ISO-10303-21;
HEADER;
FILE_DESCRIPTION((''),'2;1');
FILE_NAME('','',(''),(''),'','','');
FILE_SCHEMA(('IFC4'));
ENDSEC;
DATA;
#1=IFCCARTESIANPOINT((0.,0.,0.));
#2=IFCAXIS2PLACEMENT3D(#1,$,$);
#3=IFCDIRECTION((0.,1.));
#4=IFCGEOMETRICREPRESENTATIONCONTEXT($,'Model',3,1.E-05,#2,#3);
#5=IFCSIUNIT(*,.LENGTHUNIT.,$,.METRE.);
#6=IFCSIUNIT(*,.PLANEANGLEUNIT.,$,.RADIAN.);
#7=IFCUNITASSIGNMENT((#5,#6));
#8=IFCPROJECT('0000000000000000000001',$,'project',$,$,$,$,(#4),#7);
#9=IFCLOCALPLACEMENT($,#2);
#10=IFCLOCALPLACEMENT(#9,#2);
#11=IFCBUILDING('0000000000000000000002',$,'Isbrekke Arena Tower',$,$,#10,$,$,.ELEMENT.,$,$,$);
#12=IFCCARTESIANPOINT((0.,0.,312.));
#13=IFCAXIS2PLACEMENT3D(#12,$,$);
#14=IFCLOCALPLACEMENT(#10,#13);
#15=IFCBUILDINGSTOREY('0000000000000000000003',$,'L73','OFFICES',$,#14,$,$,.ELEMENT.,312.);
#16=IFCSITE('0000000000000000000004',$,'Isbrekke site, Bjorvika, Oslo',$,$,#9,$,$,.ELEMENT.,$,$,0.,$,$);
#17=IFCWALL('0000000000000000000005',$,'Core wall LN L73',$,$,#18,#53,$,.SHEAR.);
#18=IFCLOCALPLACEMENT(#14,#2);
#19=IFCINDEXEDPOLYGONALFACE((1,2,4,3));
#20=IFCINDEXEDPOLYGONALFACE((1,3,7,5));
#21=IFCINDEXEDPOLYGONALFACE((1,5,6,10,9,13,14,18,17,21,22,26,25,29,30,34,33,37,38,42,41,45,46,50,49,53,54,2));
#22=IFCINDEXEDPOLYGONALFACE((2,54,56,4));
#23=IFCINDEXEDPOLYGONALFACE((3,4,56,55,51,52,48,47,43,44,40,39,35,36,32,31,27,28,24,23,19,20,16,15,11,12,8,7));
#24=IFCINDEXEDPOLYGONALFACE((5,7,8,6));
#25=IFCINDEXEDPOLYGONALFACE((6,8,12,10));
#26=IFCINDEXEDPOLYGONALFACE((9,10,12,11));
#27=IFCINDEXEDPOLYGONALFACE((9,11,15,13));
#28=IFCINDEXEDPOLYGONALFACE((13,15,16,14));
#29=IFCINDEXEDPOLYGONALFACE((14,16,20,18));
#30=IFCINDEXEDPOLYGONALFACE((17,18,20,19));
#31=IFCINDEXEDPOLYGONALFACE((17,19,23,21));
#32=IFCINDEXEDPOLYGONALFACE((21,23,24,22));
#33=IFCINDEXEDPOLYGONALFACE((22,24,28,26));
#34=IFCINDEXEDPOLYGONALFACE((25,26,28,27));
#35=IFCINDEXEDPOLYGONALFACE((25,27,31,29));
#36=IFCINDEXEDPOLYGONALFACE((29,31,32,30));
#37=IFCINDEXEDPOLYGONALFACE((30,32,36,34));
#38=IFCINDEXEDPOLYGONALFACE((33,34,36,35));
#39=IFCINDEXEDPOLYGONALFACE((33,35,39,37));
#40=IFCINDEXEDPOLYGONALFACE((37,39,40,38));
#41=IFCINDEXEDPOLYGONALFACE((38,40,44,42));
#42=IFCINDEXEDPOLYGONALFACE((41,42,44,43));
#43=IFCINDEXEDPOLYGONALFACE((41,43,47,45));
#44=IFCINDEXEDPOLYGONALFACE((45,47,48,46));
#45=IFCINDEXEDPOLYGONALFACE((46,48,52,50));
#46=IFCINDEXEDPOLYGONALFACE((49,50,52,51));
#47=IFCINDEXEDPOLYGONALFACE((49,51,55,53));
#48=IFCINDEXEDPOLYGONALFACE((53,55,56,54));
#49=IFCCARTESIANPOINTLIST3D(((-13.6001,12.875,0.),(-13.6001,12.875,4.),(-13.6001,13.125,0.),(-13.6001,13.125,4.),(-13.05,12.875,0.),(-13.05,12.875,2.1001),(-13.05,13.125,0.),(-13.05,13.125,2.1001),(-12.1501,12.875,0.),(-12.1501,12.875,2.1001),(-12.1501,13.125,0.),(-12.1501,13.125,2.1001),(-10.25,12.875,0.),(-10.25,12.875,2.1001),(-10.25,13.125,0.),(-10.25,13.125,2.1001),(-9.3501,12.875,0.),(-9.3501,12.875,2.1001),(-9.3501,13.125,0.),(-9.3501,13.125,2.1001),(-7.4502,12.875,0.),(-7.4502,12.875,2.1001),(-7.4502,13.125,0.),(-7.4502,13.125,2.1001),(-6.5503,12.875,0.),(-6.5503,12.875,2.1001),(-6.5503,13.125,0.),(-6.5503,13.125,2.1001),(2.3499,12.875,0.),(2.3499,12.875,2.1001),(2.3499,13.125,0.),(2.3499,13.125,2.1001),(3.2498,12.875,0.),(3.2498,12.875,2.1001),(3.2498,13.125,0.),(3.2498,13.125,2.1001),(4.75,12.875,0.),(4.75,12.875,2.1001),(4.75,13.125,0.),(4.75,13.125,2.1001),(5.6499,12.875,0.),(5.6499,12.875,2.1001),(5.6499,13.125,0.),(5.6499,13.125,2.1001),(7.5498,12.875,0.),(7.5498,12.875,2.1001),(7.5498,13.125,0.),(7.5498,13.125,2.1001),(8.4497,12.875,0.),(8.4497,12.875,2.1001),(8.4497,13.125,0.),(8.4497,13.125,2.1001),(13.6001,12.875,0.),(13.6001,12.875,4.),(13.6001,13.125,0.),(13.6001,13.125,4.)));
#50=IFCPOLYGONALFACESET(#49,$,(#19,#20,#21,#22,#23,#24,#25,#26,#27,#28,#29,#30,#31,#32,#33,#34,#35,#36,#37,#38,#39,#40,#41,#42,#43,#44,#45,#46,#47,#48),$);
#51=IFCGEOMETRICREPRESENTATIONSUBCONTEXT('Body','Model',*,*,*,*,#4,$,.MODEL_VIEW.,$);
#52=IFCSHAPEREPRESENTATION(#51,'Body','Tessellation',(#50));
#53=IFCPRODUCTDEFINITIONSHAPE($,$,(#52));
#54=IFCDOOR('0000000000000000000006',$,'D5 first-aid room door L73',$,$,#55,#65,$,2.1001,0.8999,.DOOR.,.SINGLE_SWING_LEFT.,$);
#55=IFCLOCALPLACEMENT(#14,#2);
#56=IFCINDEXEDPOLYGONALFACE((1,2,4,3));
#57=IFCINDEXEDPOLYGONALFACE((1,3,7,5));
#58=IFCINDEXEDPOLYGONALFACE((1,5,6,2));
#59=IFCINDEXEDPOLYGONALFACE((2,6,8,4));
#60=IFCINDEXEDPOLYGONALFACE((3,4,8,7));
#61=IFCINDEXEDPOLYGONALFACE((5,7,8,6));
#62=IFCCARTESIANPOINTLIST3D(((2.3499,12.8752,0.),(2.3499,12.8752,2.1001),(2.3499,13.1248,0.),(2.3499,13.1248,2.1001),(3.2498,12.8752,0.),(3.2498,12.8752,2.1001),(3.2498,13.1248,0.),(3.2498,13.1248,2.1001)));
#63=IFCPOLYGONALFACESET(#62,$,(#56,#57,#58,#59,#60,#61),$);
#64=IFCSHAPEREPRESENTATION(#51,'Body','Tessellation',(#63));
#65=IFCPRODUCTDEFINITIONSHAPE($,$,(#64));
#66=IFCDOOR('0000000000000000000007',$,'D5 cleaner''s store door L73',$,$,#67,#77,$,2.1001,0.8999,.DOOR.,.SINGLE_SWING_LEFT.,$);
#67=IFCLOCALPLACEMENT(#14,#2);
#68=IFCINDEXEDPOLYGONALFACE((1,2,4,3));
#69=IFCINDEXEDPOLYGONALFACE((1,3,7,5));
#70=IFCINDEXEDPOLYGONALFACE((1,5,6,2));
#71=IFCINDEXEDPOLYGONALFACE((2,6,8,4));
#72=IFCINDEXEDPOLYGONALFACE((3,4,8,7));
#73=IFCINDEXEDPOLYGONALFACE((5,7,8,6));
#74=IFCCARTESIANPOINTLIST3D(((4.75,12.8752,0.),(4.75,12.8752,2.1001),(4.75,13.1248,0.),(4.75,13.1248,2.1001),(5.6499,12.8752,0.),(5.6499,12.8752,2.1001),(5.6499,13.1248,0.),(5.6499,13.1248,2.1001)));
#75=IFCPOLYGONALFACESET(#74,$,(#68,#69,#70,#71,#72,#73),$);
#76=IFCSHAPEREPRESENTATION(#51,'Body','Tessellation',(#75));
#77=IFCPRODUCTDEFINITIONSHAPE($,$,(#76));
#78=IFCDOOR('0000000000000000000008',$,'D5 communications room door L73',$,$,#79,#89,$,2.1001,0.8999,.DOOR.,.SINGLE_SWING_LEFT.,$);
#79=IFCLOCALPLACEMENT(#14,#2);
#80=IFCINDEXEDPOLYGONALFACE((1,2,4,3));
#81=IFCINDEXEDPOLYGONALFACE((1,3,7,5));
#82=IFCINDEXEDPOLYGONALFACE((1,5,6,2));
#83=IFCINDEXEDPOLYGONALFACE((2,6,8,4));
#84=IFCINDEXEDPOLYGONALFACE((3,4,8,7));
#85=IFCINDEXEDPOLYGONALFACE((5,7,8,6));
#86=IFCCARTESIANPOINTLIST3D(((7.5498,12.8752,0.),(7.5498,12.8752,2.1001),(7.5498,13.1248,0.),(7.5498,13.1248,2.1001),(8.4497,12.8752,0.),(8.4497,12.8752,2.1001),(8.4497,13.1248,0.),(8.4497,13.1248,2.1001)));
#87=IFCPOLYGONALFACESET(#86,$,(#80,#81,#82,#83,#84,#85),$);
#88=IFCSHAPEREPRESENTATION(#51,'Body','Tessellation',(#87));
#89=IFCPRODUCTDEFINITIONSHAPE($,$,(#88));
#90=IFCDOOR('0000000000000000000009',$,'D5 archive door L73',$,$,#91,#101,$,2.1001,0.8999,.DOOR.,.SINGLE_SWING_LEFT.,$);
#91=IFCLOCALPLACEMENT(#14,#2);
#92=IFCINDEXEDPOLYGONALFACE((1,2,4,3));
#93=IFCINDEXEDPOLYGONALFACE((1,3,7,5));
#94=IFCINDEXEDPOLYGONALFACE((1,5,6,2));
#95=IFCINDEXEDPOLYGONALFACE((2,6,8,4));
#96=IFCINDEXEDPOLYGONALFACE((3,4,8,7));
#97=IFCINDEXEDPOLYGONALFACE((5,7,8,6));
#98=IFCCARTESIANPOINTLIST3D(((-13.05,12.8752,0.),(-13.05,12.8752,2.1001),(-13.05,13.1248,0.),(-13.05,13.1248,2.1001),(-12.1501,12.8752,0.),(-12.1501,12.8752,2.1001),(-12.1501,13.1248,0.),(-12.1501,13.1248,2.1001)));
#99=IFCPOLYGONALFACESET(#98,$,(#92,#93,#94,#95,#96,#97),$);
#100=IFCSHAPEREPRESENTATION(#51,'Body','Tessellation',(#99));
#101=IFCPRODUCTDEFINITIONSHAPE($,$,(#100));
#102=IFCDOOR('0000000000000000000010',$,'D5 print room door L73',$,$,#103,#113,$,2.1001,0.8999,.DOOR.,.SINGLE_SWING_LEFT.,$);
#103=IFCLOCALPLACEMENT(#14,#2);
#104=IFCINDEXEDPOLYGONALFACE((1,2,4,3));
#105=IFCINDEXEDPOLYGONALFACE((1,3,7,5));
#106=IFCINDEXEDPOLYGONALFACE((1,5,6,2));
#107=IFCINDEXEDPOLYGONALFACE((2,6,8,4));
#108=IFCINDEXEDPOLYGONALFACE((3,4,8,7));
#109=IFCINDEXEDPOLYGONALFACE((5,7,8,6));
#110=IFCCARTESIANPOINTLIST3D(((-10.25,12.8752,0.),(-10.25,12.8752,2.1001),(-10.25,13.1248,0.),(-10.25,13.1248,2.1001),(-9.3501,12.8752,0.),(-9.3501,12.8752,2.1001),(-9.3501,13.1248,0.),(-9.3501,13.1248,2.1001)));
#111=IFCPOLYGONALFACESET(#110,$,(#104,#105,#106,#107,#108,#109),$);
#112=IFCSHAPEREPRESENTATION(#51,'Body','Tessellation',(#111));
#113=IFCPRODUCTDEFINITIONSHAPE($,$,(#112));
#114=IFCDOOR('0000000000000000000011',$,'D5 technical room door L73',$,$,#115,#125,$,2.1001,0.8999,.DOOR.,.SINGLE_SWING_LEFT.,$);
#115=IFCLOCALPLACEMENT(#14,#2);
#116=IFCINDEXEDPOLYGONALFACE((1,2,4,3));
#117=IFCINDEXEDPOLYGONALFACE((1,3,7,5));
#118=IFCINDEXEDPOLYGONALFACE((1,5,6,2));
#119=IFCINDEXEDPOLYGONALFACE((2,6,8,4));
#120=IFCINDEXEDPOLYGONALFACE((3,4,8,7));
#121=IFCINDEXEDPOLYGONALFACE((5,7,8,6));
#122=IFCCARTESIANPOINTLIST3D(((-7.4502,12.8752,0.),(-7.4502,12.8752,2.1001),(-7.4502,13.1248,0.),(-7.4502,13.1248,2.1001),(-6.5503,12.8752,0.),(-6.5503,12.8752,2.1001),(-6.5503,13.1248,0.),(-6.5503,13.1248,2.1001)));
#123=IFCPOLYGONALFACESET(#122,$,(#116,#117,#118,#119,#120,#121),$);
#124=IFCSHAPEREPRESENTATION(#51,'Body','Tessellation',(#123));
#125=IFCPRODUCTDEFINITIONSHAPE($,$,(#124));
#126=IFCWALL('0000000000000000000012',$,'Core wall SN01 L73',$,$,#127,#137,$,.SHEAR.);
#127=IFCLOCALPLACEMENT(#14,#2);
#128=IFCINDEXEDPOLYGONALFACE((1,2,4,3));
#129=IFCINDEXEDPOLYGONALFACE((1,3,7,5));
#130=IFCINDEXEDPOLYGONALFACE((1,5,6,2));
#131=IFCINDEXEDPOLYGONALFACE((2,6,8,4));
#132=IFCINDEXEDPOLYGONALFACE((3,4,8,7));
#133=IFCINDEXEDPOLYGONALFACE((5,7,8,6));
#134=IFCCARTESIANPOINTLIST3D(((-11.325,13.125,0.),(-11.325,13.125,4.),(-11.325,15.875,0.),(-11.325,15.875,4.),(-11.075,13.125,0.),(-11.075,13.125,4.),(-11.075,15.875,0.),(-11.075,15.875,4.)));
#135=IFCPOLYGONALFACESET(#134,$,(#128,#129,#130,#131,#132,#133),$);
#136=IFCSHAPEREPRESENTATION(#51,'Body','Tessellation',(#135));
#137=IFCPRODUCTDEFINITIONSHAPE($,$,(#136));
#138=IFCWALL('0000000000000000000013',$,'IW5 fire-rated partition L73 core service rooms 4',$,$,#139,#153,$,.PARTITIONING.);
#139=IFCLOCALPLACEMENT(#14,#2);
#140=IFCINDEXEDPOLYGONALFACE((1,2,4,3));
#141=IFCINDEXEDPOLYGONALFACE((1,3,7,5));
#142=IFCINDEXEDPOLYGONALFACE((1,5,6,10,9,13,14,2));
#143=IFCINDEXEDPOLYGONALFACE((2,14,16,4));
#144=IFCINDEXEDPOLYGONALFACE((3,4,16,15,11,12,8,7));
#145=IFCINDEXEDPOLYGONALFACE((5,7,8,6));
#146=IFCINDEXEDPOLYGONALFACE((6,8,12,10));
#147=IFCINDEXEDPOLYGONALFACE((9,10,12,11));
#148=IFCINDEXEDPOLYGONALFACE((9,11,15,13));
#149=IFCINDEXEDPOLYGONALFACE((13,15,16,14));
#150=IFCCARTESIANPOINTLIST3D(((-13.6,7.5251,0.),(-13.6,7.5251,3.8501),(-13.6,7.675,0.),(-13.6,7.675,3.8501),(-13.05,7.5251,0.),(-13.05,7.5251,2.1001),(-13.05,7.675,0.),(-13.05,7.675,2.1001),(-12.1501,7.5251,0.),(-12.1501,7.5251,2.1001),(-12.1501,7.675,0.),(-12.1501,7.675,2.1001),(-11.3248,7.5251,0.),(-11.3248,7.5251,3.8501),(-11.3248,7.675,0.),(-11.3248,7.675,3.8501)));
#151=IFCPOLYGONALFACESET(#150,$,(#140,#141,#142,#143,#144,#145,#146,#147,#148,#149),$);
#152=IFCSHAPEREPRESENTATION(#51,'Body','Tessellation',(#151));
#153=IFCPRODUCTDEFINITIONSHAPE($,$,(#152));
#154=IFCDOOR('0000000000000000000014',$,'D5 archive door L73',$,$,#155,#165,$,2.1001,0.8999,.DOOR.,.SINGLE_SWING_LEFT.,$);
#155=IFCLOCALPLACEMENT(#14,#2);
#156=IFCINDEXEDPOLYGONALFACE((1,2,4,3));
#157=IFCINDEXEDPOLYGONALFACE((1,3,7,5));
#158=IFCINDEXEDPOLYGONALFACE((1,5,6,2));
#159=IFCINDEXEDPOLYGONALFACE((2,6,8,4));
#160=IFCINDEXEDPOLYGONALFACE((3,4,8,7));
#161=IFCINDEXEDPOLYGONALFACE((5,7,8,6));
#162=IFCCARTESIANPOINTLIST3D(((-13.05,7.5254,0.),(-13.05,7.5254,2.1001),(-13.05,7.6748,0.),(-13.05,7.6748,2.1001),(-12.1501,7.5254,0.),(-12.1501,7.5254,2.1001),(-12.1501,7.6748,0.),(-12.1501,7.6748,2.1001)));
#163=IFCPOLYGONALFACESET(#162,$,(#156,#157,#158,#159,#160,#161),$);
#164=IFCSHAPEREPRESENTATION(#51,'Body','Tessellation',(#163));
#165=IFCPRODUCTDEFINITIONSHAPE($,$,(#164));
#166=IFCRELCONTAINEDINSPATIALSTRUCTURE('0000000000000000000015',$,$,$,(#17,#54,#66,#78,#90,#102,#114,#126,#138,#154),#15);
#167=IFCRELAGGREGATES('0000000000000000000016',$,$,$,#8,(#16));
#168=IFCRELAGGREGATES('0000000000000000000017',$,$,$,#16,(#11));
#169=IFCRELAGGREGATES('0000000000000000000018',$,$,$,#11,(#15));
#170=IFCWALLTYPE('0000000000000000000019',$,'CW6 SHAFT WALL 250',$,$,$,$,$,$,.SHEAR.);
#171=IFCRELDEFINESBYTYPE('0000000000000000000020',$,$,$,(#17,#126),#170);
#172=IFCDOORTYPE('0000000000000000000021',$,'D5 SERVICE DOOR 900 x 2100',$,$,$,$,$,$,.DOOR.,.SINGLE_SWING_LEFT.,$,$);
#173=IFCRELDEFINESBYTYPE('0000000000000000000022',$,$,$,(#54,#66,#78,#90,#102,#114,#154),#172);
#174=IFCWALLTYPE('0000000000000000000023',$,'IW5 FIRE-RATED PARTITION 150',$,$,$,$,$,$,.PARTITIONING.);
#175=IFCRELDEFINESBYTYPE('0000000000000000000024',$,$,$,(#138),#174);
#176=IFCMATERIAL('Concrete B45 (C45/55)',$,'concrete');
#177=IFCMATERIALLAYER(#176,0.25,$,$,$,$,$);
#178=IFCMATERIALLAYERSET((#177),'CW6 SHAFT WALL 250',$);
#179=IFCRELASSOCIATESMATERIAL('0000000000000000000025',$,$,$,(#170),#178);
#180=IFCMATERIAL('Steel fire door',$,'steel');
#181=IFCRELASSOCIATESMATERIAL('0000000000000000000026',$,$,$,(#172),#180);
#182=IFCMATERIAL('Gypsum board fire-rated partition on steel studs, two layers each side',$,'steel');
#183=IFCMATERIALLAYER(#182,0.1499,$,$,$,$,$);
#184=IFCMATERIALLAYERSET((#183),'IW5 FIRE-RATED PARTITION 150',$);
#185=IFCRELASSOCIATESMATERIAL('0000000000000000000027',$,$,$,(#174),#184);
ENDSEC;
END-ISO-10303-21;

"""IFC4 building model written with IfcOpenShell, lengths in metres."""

from ifc_helpers import new_model, si_unit, direction, frame, frame_2d, origin, place, context, subcontext, project, spatial, rectangle, extrude, material, layer, layer_set, type_object, element, fill, save


model = new_model("IFC4")

# Units and contexts
model_context = context("Model", 3, precision=1e-05, world=origin(), true_north=direction((0.0, 1.0)))
body_context = subcontext(model_context, "Body", "Model", "MODEL_VIEW")
ifc_project = project(units=[si_unit("LENGTHUNIT", "METRE"), si_unit("PLANEANGLEUNIT", "RADIAN")], contexts=[model_context])

# Site, building, storey
site_placement = place(None, origin())
site = spatial("IfcSite", under=ifc_project, at=site_placement, Name="Isbrekke site, Bjorvika, Oslo", CompositionType="ELEMENT", RefElevation=0.0)
building_placement = place(site_placement, origin())
building = spatial("IfcBuilding", under=site, at=building_placement, Name="Isbrekke Arena Tower", CompositionType="ELEMENT")
storey_placement = place(building_placement, frame((0.0, 0.0, 312.0)))
storey = spatial("IfcBuildingStorey", under=building, at=storey_placement, Name="L73", Description="OFFICES", CompositionType="ELEMENT", Elevation=312.0)

# Wall, openings, doors
ifc_material_1 = material(Name="Concrete B45 (C45/55)", Category="concrete")
ifc_layer_1 = layer(ifc_material_1, 0.25)
ifc_layer_set_1 = layer_set([ifc_layer_1], Name="CW6 SHAFT WALL 250")
wall_type_1 = type_object("IfcWallType", Name="CW6 SHAFT WALL 250", PredefinedType="SHEAR", material=ifc_layer_set_1)
ifc_material_2 = material(Name="Steel fire door", Category="steel")
door_type_1 = type_object("IfcDoorType", Name="D5 SERVICE DOOR 900 x 2100", OperationType="SINGLE_SWING_LEFT", PredefinedType="DOOR", material=ifc_material_2)
wall_1_placement = place(storey_placement, frame((-13.6001, 13.0, 0.0), z_axis=(0.0, 0.0, 1.0), x_axis=(1.0, 0.0, 0.0)))
wall_1 = element("IfcWall", 1, at=wall_1_placement, inside=storey, type_object=wall_type_1, Name="Core wall LN L73", PredefinedType="SHEAR", context=body_context, shape_type="SweptSolid", body=[
    extrude(rectangle(XDim=27.2002, YDim=0.25, at=frame_2d((13.6001, 0.0))), origin(), (0.0, 0.0, 1.0), 4.0),
])
opening_1_placement = place(wall_1_placement, frame((15.95, 0.0, 0.0)))
opening_1 = element("IfcOpeningElement", 2, at=opening_1_placement, cuts=wall_1, PredefinedType="OPENING", context=body_context, shape_type="SweptSolid", body=[
    extrude(rectangle(XDim=0.8999, YDim=2.1001, at=frame_2d((0.45, 1.05))), frame((0.0, 0.1399, 0.0), z_axis=(0.0, -1.0, 0.0), x_axis=(1.0, 0.0, 0.0)), (0.0, 0.0, 1.0), 0.2798),
])
opening_2_placement = place(wall_1_placement, frame((18.3501, 0.0, 0.0)))
opening_2 = element("IfcOpeningElement", 3, at=opening_2_placement, cuts=wall_1, PredefinedType="OPENING", context=body_context, shape_type="SweptSolid", body=[
    extrude(rectangle(XDim=0.8999, YDim=2.1001, at=frame_2d((0.45, 1.05))), frame((0.0, 0.1399, 0.0), z_axis=(0.0, -1.0, 0.0), x_axis=(1.0, 0.0, 0.0)), (0.0, 0.0, 1.0), 0.2798),
])
opening_3_placement = place(wall_1_placement, frame((21.1499, 0.0, 0.0)))
opening_3 = element("IfcOpeningElement", 4, at=opening_3_placement, cuts=wall_1, PredefinedType="OPENING", context=body_context, shape_type="SweptSolid", body=[
    extrude(rectangle(XDim=0.8999, YDim=2.1001, at=frame_2d((0.45, 1.05))), frame((0.0, 0.1399, 0.0), z_axis=(0.0, -1.0, 0.0), x_axis=(1.0, 0.0, 0.0)), (0.0, 0.0, 1.0), 0.2798),
])
opening_4_placement = place(wall_1_placement, frame((0.55, 0.0, 0.0)))
opening_4 = element("IfcOpeningElement", 5, at=opening_4_placement, cuts=wall_1, PredefinedType="OPENING", context=body_context, shape_type="SweptSolid", body=[
    extrude(rectangle(XDim=0.8999, YDim=2.1001, at=frame_2d((0.45, 1.05))), frame((0.0, 0.1399, 0.0), z_axis=(0.0, -1.0, 0.0), x_axis=(1.0, 0.0, 0.0)), (0.0, 0.0, 1.0), 0.2798),
])
opening_5_placement = place(wall_1_placement, frame((3.3501, 0.0, 0.0)))
opening_5 = element("IfcOpeningElement", 6, at=opening_5_placement, cuts=wall_1, PredefinedType="OPENING", context=body_context, shape_type="SweptSolid", body=[
    extrude(rectangle(XDim=0.8999, YDim=2.1001, at=frame_2d((0.45, 1.05))), frame((0.0, 0.1399, 0.0), z_axis=(0.0, -1.0, 0.0), x_axis=(1.0, 0.0, 0.0)), (0.0, 0.0, 1.0), 0.2798),
])
opening_6_placement = place(wall_1_placement, frame((6.1499, 0.0, 0.0)))
opening_6 = element("IfcOpeningElement", 7, at=opening_6_placement, cuts=wall_1, PredefinedType="OPENING", context=body_context, shape_type="SweptSolid", body=[
    extrude(rectangle(XDim=0.8999, YDim=2.1001, at=frame_2d((0.45, 1.05))), frame((0.0, 0.1399, 0.0), z_axis=(0.0, -1.0, 0.0), x_axis=(1.0, 0.0, 0.0)), (0.0, 0.0, 1.0), 0.2798),
])
door_1_placement = place(opening_1_placement, origin())
door_1 = element("IfcDoor", 8, at=door_1_placement, inside=storey, type_object=door_type_1, Name="D5 first-aid room door L73", OperationType="SINGLE_SWING_LEFT", OverallHeight=2.1001, OverallWidth=0.8999, PredefinedType="DOOR", context=body_context, shape_type="SweptSolid", body=[
    extrude(rectangle(XDim=0.8999, YDim=2.1001, at=frame_2d((0.45, 1.05))), frame((0.0, 0.1248, 0.0), z_axis=(0.0, -1.0, 0.0), x_axis=(1.0, 0.0, 0.0)), (0.0, 0.0, 1.0), 0.2495),
])
fill(opening_1, door_1)
door_2_placement = place(opening_2_placement, origin())
door_2 = element("IfcDoor", 9, at=door_2_placement, inside=storey, type_object=door_type_1, Name="D5 cleaner's store door L73", OperationType="SINGLE_SWING_LEFT", OverallHeight=2.1001, OverallWidth=0.8999, PredefinedType="DOOR", context=body_context, shape_type="SweptSolid", body=[
    extrude(rectangle(XDim=0.8999, YDim=2.1001, at=frame_2d((0.45, 1.05))), frame((0.0, 0.1248, 0.0), z_axis=(0.0, -1.0, 0.0), x_axis=(1.0, 0.0, 0.0)), (0.0, 0.0, 1.0), 0.2495),
])
fill(opening_2, door_2)
door_3_placement = place(opening_3_placement, origin())
door_3 = element("IfcDoor", 10, at=door_3_placement, inside=storey, type_object=door_type_1, Name="D5 communications room door L73", OperationType="SINGLE_SWING_LEFT", OverallHeight=2.1001, OverallWidth=0.8999, PredefinedType="DOOR", context=body_context, shape_type="SweptSolid", body=[
    extrude(rectangle(XDim=0.8999, YDim=2.1001, at=frame_2d((0.45, 1.05))), frame((0.0, 0.1248, 0.0), z_axis=(0.0, -1.0, 0.0), x_axis=(1.0, 0.0, 0.0)), (0.0, 0.0, 1.0), 0.2495),
])
fill(opening_3, door_3)
door_4_placement = place(opening_4_placement, origin())
door_4 = element("IfcDoor", 11, at=door_4_placement, inside=storey, type_object=door_type_1, Name="D5 archive door L73", OperationType="SINGLE_SWING_LEFT", OverallHeight=2.1001, OverallWidth=0.8999, PredefinedType="DOOR", context=body_context, shape_type="SweptSolid", body=[
    extrude(rectangle(XDim=0.8999, YDim=2.1001, at=frame_2d((0.45, 1.05))), frame((0.0, 0.1248, 0.0), z_axis=(0.0, -1.0, 0.0), x_axis=(1.0, 0.0, 0.0)), (0.0, 0.0, 1.0), 0.2495),
])
fill(opening_4, door_4)
door_5_placement = place(opening_5_placement, origin())
door_5 = element("IfcDoor", 12, at=door_5_placement, inside=storey, type_object=door_type_1, Name="D5 print room door L73", OperationType="SINGLE_SWING_LEFT", OverallHeight=2.1001, OverallWidth=0.8999, PredefinedType="DOOR", context=body_context, shape_type="SweptSolid", body=[
    extrude(rectangle(XDim=0.8999, YDim=2.1001, at=frame_2d((0.45, 1.05))), frame((0.0, 0.1248, 0.0), z_axis=(0.0, -1.0, 0.0), x_axis=(1.0, 0.0, 0.0)), (0.0, 0.0, 1.0), 0.2495),
])
fill(opening_5, door_5)
door_6_placement = place(opening_6_placement, origin())
door_6 = element("IfcDoor", 13, at=door_6_placement, inside=storey, type_object=door_type_1, Name="D5 technical room door L73", OperationType="SINGLE_SWING_LEFT", OverallHeight=2.1001, OverallWidth=0.8999, PredefinedType="DOOR", context=body_context, shape_type="SweptSolid", body=[
    extrude(rectangle(XDim=0.8999, YDim=2.1001, at=frame_2d((0.45, 1.05))), frame((0.0, 0.1248, 0.0), z_axis=(0.0, -1.0, 0.0), x_axis=(1.0, 0.0, 0.0)), (0.0, 0.0, 1.0), 0.2495),
])
fill(opening_6, door_6)

# Wall
wall_2_placement = place(storey_placement, frame((-11.2, 13.125, 0.0), z_axis=(0.0, 0.0, 1.0), x_axis=(0.0, 1.0, 0.0)))
element("IfcWall", 14, at=wall_2_placement, inside=storey, type_object=wall_type_1, Name="Core wall SN01 L73", PredefinedType="SHEAR", context=body_context, shape_type="SweptSolid", body=[
    extrude(rectangle(XDim=2.75, YDim=0.25, at=frame_2d((1.375, 0.0))), origin(), (0.0, 0.0, 1.0), 4.0),
])

# Wall, opening, door
ifc_material_3 = material(Name="Gypsum board fire-rated partition on steel studs, two layers each side", Category="steel")
ifc_layer_2 = layer(ifc_material_3, 0.1499)
ifc_layer_set_2 = layer_set([ifc_layer_2], Name="IW5 FIRE-RATED PARTITION 150")
wall_type_2 = type_object("IfcWallType", Name="IW5 FIRE-RATED PARTITION 150", PredefinedType="PARTITIONING", material=ifc_layer_set_2)
wall_3_placement = place(storey_placement, frame((-13.6001, 7.6001, 0.0), z_axis=(0.0, 0.0, 1.0), x_axis=(1.0, 0.0, 0.0)))
wall_3 = element("IfcWall", 15, at=wall_3_placement, inside=storey, type_object=wall_type_2, Name="IW5 fire-rated partition L73 core service rooms 4", PredefinedType="PARTITIONING", context=body_context, shape_type="SweptSolid", body=[
    extrude(rectangle(XDim=2.2751, YDim=0.1499, at=frame_2d((1.1377, 0.0))), origin(), (0.0, 0.0, 1.0), 3.8501),
])
opening_7_placement = place(wall_3_placement, frame((0.55, 0.0, 0.0)))
opening_7 = element("IfcOpeningElement", 16, at=opening_7_placement, cuts=wall_3, PredefinedType="OPENING", context=body_context, shape_type="SweptSolid", body=[
    extrude(rectangle(XDim=0.8999, YDim=2.1001, at=frame_2d((0.45, 1.05))), frame((0.0, 0.0898, 0.0), z_axis=(0.0, -1.0, 0.0), x_axis=(1.0, 0.0, 0.0)), (0.0, 0.0, 1.0), 0.1797),
])
door_7_placement = place(opening_7_placement, origin())
door_7 = element("IfcDoor", 17, at=door_7_placement, inside=storey, type_object=door_type_1, Name="D5 archive door L73", OperationType="SINGLE_SWING_LEFT", OverallHeight=2.1001, OverallWidth=0.8999, PredefinedType="DOOR", context=body_context, shape_type="SweptSolid", body=[
    extrude(rectangle(XDim=0.8999, YDim=2.1001, at=frame_2d((0.45, 1.05))), frame((0.0, 0.0747, 0.0), z_axis=(0.0, -1.0, 0.0), x_axis=(1.0, 0.0, 0.0)), (0.0, 0.0, 1.0), 0.1494),
])
fill(opening_7, door_7)

save(model, "model.ifc")
